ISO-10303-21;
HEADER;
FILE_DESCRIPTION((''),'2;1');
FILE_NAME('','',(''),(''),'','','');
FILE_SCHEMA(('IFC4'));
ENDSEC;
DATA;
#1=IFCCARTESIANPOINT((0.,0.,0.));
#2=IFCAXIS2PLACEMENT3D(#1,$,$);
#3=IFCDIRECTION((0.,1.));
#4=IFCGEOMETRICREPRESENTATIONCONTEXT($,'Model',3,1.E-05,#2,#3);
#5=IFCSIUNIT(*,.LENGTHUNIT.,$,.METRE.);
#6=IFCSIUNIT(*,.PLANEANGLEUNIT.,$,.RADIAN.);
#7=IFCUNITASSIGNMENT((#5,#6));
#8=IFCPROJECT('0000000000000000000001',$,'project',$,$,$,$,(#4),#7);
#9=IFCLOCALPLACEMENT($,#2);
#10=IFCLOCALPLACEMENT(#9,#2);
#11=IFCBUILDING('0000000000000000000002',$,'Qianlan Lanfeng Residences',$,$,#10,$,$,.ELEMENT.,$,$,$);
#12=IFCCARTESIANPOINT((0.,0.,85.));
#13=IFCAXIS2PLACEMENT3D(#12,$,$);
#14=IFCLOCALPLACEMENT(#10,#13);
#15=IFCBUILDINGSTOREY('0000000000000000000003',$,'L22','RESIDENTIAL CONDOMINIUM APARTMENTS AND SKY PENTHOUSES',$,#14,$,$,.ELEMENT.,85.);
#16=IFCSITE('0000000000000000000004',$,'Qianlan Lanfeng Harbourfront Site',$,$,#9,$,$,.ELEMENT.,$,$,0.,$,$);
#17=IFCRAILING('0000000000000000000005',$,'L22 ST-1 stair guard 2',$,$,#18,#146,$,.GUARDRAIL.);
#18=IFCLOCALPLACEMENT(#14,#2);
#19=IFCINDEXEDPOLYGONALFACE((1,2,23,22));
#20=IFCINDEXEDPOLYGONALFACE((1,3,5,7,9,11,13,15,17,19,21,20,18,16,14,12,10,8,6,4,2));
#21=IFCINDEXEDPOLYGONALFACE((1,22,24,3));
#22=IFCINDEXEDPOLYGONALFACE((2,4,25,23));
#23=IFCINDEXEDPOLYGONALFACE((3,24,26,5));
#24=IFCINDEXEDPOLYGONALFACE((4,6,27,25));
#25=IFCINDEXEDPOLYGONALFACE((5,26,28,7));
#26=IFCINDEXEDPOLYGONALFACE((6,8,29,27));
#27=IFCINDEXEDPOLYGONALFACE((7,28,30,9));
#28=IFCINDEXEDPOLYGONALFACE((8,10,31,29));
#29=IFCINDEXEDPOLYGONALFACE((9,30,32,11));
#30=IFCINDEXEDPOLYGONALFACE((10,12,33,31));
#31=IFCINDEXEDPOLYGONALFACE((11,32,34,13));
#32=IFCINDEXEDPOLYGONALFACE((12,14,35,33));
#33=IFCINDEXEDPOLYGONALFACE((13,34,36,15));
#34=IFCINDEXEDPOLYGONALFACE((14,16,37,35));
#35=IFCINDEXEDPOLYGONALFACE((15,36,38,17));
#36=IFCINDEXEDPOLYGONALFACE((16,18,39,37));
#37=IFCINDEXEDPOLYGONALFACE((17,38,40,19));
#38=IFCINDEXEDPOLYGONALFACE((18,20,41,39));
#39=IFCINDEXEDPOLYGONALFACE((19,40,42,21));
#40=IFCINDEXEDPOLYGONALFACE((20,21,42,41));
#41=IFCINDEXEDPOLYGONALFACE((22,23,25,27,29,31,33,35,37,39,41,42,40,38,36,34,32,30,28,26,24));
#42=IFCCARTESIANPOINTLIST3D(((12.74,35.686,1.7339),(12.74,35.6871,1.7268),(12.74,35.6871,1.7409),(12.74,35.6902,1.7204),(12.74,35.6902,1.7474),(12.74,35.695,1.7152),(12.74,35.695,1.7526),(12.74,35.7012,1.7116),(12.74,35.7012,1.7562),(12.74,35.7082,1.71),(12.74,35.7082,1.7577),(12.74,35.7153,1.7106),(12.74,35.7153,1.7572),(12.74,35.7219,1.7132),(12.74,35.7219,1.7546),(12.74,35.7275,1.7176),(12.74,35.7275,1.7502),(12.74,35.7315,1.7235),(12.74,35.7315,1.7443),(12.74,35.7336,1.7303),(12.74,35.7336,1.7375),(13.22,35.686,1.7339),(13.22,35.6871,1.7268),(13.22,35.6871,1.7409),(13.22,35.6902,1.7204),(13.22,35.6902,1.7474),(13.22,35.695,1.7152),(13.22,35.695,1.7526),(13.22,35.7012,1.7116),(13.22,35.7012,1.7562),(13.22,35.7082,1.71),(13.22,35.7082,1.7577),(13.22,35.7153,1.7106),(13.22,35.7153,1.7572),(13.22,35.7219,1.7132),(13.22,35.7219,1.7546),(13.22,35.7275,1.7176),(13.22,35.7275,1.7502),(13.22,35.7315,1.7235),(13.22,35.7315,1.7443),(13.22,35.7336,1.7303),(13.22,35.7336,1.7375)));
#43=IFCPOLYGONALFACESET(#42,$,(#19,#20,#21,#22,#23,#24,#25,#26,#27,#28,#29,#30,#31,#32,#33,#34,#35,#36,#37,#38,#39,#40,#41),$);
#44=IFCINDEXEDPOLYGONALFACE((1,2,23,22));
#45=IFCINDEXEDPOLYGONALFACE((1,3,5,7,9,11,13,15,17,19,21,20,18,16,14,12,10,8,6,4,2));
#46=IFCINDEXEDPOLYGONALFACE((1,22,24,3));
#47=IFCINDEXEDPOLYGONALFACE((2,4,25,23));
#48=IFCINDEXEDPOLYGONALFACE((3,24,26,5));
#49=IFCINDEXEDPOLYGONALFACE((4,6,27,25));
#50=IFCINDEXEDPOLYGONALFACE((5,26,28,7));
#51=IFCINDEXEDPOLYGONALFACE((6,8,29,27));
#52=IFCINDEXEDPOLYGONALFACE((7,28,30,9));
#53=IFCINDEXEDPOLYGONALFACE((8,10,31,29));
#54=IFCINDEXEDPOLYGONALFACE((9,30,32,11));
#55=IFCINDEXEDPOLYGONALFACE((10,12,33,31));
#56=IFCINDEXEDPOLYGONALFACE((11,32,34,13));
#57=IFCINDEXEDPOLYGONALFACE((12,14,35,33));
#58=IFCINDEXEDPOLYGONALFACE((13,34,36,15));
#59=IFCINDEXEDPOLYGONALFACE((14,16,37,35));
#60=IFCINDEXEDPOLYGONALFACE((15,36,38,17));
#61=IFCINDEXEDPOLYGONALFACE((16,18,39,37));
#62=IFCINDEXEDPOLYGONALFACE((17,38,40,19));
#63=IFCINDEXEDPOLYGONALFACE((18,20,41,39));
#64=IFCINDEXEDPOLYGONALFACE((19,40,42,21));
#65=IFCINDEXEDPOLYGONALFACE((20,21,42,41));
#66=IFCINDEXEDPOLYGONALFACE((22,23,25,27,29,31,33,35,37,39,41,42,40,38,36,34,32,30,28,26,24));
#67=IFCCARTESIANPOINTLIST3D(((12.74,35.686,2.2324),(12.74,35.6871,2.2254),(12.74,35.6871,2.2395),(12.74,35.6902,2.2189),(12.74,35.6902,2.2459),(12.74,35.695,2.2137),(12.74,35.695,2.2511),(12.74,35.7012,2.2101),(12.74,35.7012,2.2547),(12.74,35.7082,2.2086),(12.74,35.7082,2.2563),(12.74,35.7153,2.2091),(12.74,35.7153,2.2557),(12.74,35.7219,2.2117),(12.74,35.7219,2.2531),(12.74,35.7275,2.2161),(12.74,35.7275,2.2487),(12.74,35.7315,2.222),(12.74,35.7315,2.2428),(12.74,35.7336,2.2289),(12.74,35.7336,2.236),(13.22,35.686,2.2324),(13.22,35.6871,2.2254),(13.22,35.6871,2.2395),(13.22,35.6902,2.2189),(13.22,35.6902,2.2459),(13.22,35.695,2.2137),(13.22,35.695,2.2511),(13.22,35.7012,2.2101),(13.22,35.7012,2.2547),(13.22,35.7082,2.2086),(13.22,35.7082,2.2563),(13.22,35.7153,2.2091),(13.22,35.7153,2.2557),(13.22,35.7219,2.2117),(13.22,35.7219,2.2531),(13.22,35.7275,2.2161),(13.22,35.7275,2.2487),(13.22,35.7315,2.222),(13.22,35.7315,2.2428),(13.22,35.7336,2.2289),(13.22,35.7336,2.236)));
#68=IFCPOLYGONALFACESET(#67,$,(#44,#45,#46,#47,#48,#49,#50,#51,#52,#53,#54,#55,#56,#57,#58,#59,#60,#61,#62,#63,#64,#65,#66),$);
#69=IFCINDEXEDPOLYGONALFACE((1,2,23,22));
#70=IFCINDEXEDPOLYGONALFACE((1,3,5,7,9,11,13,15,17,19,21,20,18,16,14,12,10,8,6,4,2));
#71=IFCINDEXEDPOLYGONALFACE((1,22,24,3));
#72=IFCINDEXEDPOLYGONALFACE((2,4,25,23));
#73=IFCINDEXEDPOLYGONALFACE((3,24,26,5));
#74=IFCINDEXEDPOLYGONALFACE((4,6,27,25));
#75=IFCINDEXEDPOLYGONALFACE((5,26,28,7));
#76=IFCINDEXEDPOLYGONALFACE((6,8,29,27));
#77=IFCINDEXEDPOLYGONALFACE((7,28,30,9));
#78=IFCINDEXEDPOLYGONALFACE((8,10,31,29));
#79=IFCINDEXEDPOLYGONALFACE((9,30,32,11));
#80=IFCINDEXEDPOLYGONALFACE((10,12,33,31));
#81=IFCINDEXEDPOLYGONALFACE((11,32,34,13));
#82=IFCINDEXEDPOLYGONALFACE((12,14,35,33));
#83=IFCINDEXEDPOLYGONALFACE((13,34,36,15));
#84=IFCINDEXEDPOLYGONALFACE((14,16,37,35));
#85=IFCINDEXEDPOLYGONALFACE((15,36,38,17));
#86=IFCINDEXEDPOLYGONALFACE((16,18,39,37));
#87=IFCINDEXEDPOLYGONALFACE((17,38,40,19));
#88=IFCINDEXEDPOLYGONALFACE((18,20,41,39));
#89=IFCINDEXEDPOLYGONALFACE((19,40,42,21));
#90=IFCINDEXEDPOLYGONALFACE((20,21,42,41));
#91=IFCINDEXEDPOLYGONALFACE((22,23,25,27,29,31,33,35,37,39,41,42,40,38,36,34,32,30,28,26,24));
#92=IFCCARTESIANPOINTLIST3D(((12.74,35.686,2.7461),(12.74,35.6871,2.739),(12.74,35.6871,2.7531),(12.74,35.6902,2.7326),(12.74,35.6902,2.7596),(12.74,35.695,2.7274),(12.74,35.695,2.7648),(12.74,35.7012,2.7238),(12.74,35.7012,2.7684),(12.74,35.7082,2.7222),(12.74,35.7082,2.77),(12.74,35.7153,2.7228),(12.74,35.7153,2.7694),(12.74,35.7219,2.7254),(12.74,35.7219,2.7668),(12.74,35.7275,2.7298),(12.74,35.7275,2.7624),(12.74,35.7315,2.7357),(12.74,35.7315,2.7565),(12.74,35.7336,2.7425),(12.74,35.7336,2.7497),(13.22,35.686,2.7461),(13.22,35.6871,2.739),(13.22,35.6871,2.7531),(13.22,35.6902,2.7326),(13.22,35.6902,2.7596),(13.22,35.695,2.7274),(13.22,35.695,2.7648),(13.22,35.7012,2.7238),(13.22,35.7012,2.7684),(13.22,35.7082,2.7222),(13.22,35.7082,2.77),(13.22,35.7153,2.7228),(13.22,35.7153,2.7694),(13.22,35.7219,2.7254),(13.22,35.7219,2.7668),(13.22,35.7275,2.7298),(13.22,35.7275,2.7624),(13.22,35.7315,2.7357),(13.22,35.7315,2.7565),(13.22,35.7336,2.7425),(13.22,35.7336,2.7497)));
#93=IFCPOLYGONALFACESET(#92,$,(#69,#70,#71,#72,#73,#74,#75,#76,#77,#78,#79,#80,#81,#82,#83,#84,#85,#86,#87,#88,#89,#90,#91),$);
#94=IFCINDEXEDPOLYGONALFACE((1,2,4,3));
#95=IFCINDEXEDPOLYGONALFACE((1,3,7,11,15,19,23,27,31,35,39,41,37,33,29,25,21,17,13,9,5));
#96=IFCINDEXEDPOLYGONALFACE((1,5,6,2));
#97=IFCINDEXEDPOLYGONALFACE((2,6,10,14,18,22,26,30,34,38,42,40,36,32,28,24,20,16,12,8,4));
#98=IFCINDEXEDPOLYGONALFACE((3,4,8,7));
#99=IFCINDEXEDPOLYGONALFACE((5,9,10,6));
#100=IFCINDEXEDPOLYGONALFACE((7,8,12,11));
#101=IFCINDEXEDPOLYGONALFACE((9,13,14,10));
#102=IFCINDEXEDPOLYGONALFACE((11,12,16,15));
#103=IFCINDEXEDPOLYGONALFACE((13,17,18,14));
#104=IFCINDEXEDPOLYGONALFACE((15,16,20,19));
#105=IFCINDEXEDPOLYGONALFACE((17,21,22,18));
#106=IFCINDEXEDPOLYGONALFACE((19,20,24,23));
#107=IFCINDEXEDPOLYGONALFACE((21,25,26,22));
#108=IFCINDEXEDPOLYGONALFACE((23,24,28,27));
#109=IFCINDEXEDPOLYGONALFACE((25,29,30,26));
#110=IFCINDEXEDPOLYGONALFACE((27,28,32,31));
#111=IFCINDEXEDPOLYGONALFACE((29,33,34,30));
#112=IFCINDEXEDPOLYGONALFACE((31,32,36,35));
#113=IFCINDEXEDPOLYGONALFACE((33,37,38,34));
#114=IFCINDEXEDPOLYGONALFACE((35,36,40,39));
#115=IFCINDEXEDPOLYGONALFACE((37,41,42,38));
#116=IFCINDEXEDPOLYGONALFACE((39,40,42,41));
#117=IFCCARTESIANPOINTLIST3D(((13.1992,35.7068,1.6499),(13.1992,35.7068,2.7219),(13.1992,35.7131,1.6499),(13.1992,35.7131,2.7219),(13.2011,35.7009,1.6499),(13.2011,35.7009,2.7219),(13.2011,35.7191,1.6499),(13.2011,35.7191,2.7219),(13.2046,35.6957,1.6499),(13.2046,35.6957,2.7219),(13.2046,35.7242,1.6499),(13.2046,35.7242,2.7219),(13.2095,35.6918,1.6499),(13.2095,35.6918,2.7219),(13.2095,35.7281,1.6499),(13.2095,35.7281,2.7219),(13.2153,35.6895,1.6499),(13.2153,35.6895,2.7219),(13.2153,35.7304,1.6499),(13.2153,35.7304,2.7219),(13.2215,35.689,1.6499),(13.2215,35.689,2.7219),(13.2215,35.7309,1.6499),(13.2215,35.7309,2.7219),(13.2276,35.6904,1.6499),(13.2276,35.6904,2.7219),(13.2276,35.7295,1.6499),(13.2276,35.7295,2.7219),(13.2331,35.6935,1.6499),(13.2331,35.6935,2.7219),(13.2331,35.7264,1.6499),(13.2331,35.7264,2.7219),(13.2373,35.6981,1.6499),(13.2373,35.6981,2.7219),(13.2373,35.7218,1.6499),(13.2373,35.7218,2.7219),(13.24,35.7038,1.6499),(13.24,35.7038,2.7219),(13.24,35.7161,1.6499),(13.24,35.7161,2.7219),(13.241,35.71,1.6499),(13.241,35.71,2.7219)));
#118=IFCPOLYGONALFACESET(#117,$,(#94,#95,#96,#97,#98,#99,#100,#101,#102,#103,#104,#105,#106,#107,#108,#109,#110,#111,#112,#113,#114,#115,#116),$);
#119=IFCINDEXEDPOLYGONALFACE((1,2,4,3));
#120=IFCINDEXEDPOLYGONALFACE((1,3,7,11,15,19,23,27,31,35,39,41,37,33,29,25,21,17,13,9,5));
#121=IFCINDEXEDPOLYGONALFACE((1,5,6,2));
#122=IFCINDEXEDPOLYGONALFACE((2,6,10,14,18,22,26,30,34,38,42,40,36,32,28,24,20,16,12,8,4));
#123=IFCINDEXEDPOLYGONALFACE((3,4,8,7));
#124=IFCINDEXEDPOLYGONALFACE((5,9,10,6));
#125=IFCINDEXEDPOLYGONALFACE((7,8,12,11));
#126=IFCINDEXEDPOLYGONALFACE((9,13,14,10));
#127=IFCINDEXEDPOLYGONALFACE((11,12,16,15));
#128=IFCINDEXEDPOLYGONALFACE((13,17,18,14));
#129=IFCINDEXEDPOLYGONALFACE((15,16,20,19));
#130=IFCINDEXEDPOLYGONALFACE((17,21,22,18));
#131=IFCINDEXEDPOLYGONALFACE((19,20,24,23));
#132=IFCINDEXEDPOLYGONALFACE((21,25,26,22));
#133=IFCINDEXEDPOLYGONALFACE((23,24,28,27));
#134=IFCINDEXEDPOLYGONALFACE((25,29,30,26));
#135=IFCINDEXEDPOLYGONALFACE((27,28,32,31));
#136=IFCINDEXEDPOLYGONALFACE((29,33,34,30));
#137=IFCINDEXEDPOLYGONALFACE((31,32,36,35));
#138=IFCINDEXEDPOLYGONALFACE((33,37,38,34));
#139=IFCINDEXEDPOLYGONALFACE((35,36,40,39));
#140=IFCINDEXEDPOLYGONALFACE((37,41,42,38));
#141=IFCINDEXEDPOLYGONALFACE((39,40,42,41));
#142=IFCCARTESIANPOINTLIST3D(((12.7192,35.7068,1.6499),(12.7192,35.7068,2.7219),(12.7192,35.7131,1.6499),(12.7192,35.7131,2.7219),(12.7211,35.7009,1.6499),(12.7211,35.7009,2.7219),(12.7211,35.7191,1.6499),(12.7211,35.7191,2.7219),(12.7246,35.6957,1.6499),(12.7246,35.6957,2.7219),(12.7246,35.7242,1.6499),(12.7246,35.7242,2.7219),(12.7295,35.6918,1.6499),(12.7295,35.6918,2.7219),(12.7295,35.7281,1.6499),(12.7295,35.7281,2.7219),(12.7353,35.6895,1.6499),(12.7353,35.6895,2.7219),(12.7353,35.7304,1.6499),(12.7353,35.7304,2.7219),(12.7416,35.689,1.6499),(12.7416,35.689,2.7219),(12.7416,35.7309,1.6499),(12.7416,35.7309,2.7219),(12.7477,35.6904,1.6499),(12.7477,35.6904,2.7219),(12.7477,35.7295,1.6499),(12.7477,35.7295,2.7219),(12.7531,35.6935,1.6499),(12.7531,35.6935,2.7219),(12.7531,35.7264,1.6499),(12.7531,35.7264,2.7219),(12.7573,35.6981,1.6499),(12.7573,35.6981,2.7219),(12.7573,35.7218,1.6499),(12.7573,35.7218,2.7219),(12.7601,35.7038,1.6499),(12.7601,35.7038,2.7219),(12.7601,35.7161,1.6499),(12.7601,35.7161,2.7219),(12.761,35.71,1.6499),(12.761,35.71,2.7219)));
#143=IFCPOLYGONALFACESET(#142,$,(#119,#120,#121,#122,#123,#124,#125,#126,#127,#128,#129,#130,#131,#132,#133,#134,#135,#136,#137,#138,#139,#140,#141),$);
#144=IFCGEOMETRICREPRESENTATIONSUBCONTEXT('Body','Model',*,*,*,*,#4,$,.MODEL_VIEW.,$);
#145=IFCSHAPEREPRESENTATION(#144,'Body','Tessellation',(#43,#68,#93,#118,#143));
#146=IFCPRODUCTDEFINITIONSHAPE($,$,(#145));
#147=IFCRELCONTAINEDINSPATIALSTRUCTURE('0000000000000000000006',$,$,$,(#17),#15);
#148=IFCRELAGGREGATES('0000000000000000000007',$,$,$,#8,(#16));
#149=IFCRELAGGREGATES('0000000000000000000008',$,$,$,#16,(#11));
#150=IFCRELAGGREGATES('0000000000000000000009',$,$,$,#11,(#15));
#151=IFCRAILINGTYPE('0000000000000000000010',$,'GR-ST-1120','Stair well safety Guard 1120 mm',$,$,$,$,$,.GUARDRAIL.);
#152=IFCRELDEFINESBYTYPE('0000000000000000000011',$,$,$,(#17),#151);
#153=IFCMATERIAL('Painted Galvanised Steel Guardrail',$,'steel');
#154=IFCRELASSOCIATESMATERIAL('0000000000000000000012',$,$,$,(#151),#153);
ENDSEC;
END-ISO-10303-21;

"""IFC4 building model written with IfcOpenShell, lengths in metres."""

from ifc_helpers import new_model, si_unit, direction, frame, origin, origin_2d, place, context, subcontext, project, spatial, circle, extrude, material, type_object, element, save


model = new_model("IFC4")

# Units and contexts
model_context = context("Model", 3, precision=1e-05, world=origin(), true_north=direction((0.0, 1.0)))
body_context = subcontext(model_context, "Body", "Model", "MODEL_VIEW")
ifc_project = project(units=[si_unit("LENGTHUNIT", "METRE"), si_unit("PLANEANGLEUNIT", "RADIAN")], contexts=[model_context])

# Site, building, storey
site_placement = place(None, origin())
site = spatial("IfcSite", under=ifc_project, at=site_placement, Name="Qianlan Lanfeng Harbourfront Site", CompositionType="ELEMENT", RefElevation=0.0)
building_placement = place(site_placement, origin())
building = spatial("IfcBuilding", under=site, at=building_placement, Name="Qianlan Lanfeng Residences", CompositionType="ELEMENT")
storey_placement = place(building_placement, frame((0.0, 0.0, 85.0)))
storey = spatial("IfcBuildingStorey", under=building, at=storey_placement, Name="L22", Description="RESIDENTIAL CONDOMINIUM APARTMENTS AND SKY PENTHOUSES", CompositionType="ELEMENT", Elevation=85.0)

# Railing
ifc_material_1 = material(Name="Painted Galvanised Steel Guardrail", Category="steel")
railing_type_1 = type_object("IfcRailingType", Name="GR-ST-1120", Description="Stair well safety Guard 1120 mm", PredefinedType="GUARDRAIL", material=ifc_material_1)
railing_1_placement = place(storey_placement, frame((13.22, 35.71, 1.6499)))
element("IfcRailing", 1, at=railing_1_placement, inside=storey, type_object=railing_type_1, Name="L22 ST-1 stair guard 2", PredefinedType="GUARDRAIL", context=body_context, shape_type="SweptSolid", body=[
    extrude(circle(Radius=0.0239, at=origin_2d()), frame((0.0, 0.0, 0.084), z_axis=(-1.0, 0.0, 0.0), x_axis=(0.0, -1.0, 0.0)), (0.0, 0.0, 1.0), 0.48),
    extrude(circle(Radius=0.0239, at=origin_2d()), frame((0.0, 0.0, 0.5825), z_axis=(-1.0, 0.0, 0.0), x_axis=(0.0, -1.0, 0.0)), (0.0, 0.0, 1.0), 0.48),
    extrude(circle(Radius=0.0239, at=origin_2d()), frame((0.0, 0.0, 1.0962), z_axis=(-1.0, 0.0, 0.0), x_axis=(0.0, -1.0, 0.0)), (0.0, 0.0, 1.0), 0.48),
    extrude(circle(Radius=0.021, at=origin_2d()), origin(), (0.0, 0.0, 1.0), 1.072),
    extrude(circle(Radius=0.021, at=origin_2d()), frame((-0.48, 0.0, 0.0)), (0.0, 0.0, 1.0), 1.072),
])

save(model, "model.ifc")
